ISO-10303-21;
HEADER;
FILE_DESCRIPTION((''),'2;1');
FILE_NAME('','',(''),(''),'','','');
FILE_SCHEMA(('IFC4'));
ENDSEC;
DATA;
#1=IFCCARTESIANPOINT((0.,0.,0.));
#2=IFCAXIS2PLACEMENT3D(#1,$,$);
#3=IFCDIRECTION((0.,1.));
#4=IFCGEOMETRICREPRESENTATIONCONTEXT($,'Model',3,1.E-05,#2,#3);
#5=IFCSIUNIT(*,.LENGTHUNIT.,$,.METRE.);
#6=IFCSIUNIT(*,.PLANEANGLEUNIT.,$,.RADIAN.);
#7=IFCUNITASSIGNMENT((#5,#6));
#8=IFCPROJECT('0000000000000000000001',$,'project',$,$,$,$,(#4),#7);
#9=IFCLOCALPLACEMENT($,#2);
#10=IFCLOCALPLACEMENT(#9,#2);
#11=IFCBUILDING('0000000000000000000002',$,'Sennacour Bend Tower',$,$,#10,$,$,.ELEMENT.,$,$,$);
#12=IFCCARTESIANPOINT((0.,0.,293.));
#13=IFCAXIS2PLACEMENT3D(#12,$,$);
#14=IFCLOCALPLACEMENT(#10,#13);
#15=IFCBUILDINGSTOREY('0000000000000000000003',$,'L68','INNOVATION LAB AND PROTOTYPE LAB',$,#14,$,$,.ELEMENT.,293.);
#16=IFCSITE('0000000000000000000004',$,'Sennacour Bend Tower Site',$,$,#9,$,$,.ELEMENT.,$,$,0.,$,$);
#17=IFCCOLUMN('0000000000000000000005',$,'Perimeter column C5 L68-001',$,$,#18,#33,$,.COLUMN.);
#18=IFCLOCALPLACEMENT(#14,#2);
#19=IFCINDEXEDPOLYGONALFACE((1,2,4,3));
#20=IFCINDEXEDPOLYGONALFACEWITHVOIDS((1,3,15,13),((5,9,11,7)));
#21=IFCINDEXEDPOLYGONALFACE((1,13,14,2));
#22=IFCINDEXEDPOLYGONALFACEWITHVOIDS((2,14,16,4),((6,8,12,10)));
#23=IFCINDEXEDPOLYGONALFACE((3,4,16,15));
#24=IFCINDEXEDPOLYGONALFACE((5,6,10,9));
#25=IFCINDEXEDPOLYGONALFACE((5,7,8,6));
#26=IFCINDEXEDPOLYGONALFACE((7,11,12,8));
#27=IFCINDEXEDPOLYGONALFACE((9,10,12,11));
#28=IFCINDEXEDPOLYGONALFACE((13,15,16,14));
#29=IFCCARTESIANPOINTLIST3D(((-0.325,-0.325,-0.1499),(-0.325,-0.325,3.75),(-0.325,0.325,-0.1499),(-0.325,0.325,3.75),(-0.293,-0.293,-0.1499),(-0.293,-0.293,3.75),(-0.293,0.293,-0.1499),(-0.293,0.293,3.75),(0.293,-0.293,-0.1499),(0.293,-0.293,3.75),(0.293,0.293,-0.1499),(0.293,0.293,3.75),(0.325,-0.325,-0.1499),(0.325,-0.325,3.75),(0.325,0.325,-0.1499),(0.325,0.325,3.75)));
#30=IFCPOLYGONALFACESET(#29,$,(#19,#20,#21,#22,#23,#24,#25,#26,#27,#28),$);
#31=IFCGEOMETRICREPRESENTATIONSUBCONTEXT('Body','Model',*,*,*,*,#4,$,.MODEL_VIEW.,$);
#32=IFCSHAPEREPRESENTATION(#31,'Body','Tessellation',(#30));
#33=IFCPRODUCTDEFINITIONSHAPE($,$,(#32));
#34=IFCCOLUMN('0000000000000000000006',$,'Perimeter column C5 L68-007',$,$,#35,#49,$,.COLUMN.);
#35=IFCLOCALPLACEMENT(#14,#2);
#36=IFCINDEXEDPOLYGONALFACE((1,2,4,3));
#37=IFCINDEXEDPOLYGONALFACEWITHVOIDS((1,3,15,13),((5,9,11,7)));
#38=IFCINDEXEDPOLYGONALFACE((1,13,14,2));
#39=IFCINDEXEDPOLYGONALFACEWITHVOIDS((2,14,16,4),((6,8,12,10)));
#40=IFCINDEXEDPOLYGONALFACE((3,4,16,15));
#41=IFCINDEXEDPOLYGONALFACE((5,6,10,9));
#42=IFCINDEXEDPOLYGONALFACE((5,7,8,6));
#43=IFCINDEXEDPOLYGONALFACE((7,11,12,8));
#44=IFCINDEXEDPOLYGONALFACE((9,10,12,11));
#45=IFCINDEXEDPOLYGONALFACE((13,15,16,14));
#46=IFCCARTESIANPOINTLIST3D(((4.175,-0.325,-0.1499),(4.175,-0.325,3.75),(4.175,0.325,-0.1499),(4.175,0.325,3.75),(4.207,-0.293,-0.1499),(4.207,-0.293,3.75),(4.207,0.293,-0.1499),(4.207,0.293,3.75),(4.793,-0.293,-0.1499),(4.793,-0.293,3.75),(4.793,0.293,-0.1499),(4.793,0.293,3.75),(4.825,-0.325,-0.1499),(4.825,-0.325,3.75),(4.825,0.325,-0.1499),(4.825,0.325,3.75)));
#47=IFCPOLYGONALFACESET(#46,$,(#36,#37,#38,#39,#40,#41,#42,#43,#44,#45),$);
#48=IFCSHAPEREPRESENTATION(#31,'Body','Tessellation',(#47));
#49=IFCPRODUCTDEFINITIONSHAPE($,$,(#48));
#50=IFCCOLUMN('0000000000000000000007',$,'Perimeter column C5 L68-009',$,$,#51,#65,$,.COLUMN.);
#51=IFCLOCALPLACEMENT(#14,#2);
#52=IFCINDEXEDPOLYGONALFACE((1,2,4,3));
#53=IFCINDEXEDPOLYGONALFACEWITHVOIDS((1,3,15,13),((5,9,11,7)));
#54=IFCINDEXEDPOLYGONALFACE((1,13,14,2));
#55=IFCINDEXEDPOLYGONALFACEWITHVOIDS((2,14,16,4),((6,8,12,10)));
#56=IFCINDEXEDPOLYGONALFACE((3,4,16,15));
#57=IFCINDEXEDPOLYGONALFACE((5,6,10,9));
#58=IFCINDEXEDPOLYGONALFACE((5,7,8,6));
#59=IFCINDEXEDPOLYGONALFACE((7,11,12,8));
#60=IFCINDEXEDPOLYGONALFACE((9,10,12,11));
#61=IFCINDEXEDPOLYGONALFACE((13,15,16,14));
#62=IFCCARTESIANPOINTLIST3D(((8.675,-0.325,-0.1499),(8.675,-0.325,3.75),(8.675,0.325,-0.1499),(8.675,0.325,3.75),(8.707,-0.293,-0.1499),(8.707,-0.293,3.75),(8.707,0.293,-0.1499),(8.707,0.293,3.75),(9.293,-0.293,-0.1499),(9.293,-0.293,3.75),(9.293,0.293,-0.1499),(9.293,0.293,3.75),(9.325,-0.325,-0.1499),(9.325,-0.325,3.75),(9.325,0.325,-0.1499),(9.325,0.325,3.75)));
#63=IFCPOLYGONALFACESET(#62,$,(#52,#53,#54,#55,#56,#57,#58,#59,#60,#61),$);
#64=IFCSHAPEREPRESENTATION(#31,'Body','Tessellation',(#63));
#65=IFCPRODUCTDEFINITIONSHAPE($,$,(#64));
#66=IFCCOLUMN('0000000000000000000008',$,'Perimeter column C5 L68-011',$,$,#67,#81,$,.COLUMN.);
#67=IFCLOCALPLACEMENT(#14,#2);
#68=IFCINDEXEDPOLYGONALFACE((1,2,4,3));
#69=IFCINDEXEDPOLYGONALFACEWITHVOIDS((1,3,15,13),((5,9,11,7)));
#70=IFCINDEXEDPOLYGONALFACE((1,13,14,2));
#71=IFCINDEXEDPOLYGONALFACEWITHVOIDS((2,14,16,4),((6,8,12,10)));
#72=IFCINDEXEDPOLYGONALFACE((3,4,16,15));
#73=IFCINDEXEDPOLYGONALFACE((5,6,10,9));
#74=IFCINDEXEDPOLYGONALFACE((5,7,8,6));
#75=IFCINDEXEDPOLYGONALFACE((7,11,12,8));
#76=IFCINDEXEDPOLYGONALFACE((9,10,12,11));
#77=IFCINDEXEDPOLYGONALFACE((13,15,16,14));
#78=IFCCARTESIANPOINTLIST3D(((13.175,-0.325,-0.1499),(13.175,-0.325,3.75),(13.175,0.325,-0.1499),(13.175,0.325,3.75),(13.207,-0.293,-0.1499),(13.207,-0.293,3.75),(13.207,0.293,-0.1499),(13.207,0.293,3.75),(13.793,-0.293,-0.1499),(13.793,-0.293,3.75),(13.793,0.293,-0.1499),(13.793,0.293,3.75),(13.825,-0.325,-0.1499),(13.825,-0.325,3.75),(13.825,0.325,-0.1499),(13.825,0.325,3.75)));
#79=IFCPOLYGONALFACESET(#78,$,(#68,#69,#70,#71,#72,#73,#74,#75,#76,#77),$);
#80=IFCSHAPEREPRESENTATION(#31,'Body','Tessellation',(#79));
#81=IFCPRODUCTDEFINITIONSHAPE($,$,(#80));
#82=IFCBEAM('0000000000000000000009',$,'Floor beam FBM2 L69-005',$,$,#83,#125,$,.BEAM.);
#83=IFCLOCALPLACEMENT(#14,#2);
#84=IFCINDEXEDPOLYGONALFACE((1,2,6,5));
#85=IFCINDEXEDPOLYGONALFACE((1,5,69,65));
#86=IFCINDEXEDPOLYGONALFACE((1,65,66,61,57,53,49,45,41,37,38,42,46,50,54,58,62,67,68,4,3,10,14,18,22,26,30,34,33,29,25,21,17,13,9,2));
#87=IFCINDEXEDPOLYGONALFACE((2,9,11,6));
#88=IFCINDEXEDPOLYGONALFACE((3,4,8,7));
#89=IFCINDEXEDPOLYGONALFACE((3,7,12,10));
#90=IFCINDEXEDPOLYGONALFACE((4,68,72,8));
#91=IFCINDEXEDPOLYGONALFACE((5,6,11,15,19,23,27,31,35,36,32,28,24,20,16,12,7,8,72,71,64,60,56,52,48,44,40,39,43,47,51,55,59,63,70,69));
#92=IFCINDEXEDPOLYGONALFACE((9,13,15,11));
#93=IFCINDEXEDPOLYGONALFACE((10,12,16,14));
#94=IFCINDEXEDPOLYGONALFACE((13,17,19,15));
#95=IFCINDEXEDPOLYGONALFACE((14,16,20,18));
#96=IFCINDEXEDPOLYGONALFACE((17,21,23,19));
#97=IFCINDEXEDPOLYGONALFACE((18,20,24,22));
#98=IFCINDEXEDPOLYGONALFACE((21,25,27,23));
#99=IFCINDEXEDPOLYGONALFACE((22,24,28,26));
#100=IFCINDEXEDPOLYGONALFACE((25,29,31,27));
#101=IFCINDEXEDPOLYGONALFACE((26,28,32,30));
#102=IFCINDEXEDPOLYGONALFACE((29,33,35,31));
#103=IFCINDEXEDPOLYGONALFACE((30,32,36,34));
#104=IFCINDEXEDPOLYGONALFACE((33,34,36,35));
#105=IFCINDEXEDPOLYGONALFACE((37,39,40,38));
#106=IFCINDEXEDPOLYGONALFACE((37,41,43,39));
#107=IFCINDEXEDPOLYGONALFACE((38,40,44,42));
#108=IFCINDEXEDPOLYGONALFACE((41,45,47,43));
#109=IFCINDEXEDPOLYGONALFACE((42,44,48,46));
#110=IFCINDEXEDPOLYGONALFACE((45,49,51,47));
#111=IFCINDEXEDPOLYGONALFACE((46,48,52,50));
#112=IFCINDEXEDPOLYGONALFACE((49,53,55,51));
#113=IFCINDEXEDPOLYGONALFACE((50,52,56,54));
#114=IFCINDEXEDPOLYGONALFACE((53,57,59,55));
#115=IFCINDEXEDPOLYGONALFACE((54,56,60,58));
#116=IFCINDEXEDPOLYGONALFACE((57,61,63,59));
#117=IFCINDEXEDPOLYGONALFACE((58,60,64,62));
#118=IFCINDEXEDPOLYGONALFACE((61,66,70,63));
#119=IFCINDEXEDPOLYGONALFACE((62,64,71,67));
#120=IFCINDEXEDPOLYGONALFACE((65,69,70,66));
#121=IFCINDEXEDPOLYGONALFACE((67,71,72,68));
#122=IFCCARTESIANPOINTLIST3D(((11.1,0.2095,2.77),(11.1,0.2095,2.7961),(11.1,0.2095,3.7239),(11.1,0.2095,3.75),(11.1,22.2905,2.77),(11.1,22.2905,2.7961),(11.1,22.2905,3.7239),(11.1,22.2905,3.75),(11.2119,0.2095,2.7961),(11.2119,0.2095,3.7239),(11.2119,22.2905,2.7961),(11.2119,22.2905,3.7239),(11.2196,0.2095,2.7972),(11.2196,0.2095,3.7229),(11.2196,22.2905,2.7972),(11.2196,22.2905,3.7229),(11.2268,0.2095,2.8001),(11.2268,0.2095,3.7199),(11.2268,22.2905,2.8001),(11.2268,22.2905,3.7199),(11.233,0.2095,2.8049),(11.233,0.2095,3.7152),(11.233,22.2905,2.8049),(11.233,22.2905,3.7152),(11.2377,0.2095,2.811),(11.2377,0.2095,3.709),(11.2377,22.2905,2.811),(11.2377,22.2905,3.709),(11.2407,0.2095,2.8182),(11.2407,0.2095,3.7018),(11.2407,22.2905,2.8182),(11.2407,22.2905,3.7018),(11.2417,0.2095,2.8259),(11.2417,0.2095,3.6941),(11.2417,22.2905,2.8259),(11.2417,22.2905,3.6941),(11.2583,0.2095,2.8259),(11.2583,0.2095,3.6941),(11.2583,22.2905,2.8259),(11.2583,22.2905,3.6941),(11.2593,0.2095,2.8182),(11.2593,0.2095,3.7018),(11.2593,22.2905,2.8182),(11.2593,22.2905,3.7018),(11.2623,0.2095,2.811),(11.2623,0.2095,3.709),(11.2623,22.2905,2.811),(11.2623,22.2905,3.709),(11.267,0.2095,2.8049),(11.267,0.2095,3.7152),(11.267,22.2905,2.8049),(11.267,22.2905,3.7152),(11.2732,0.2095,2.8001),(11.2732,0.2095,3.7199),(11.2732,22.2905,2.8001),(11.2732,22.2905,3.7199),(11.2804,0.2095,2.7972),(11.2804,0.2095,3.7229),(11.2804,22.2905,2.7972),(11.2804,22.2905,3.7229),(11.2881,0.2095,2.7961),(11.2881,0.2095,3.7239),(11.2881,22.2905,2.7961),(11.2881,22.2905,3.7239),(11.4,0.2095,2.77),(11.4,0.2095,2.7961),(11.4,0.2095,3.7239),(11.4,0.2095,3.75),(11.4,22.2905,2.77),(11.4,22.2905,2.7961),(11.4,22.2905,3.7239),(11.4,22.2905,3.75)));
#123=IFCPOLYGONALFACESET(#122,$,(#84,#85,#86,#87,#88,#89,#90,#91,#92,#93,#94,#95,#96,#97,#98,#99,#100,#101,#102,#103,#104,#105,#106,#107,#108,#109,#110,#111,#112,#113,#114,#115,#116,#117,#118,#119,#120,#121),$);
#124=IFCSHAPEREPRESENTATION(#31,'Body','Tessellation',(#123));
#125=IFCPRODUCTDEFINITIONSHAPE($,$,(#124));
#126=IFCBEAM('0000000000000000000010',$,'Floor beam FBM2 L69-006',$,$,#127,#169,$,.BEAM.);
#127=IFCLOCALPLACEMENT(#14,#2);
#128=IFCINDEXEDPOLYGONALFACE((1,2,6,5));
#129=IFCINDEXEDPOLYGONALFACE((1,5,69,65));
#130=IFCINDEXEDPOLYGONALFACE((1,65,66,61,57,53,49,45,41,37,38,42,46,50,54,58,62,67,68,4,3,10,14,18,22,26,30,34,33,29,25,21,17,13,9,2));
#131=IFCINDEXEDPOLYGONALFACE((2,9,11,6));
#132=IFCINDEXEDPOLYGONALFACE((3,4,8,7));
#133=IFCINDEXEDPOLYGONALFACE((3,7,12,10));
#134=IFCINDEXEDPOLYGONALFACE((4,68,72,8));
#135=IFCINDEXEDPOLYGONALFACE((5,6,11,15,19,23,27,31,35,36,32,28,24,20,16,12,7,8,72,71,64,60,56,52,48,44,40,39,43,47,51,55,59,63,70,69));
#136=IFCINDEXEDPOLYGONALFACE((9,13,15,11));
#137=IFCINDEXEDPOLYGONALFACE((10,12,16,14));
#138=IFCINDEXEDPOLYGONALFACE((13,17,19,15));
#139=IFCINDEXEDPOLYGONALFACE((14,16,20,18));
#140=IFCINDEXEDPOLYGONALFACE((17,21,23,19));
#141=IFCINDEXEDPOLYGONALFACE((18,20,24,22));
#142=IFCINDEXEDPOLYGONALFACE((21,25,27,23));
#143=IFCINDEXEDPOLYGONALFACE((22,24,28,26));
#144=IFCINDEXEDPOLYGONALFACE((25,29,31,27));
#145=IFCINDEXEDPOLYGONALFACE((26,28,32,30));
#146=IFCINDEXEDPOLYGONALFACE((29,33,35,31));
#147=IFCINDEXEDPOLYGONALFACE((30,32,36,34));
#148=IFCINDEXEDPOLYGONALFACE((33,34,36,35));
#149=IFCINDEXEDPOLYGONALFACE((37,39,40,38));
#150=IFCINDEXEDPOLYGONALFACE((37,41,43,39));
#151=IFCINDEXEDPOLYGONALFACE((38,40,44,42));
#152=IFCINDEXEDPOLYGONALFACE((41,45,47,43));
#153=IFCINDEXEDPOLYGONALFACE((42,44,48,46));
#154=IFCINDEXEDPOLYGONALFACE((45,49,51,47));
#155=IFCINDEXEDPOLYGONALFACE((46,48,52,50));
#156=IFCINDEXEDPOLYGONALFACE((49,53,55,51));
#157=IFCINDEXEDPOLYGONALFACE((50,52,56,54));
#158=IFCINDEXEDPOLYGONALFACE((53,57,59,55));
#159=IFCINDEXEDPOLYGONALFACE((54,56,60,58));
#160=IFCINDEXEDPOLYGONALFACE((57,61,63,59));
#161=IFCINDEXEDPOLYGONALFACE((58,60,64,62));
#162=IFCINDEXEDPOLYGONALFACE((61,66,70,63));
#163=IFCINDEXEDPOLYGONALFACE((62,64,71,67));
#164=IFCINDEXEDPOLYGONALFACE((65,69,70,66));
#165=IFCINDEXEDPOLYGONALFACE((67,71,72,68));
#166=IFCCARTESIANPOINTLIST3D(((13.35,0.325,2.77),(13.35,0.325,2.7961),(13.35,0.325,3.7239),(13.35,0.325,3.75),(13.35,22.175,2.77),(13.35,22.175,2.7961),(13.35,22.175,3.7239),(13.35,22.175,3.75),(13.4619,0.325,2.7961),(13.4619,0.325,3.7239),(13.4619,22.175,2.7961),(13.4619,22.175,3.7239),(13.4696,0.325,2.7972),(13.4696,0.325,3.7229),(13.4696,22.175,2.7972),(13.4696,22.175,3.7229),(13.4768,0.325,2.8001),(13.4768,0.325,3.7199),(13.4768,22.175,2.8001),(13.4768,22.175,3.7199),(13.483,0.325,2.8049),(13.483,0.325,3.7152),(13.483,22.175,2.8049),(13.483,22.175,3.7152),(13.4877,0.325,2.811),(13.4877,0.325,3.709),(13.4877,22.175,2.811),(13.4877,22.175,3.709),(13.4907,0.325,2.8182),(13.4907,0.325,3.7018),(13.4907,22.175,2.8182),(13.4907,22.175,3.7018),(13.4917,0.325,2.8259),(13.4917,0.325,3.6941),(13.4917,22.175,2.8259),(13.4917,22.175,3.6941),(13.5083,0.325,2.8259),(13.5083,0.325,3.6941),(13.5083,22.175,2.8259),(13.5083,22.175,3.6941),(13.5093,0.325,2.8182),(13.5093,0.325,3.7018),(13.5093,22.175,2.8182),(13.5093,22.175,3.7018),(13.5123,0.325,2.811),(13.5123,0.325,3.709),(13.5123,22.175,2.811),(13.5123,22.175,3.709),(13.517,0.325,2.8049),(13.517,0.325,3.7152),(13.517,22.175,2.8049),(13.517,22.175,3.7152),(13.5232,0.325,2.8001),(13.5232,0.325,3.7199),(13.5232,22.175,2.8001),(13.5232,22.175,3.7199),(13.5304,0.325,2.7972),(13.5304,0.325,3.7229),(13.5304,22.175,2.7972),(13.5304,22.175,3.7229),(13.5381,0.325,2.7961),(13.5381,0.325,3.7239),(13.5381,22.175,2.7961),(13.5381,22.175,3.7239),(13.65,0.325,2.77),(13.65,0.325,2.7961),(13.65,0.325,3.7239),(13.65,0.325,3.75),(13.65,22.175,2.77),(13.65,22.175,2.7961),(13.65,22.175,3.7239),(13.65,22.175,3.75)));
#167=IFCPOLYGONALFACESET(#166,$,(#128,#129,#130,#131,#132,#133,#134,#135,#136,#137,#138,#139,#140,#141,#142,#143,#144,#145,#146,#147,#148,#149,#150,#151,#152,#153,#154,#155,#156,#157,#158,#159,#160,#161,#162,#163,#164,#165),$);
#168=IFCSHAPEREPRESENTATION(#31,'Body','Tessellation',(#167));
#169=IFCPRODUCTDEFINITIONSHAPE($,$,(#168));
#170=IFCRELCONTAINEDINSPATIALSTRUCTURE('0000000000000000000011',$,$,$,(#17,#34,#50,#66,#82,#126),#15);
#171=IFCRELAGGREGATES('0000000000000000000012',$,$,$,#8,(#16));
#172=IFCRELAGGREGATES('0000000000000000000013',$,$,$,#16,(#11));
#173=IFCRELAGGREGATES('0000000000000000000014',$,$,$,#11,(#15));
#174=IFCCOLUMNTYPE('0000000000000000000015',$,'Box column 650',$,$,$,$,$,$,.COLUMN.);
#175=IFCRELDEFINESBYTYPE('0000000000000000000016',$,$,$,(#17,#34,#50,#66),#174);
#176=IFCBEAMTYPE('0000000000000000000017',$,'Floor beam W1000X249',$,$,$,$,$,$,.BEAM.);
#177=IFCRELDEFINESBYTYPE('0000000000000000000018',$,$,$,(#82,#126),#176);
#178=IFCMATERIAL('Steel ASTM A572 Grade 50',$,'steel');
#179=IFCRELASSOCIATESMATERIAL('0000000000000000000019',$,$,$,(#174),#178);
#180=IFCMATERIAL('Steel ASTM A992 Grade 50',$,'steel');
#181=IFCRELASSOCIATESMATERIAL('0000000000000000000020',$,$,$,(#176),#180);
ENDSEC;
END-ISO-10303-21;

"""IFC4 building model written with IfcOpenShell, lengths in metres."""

from ifc_helpers import new_model, si_unit, direction, frame, origin, origin_2d, place, context, subcontext, project, spatial, hollow_rectangle, i_section, extrude, material, material_profile, profile_set, type_object, element, save


model = new_model("IFC4")

# Units and contexts
model_context = context("Model", 3, precision=1e-05, world=origin(), true_north=direction((0.0, 1.0)))
body_context = subcontext(model_context, "Body", "Model", "MODEL_VIEW")
ifc_project = project(units=[si_unit("LENGTHUNIT", "METRE"), si_unit("PLANEANGLEUNIT", "RADIAN")], contexts=[model_context])

# Site, building, storey
site_placement = place(None, origin())
site = spatial("IfcSite", under=ifc_project, at=site_placement, Name="Sennacour Bend Tower Site", CompositionType="ELEMENT", RefElevation=0.0)
building_placement = place(site_placement, origin())
building = spatial("IfcBuilding", under=site, at=building_placement, Name="Sennacour Bend Tower", CompositionType="ELEMENT")
storey_placement = place(building_placement, frame((0.0, 0.0, 293.0)))
storey = spatial("IfcBuildingStorey", under=building, at=storey_placement, Name="L68", Description="INNOVATION LAB AND PROTOTYPE LAB", CompositionType="ELEMENT", Elevation=293.0)

# Columns
ifc_material_1 = material(Name="Steel ASTM A572 Grade 50", Category="steel")
ifc_material_profile_1 = material_profile(ifc_material_1, hollow_rectangle(XDim=0.6499, YDim=0.6499, WallThickness=0.032, at=origin_2d()), Name="Steel ASTM A572 Grade 50", Category="steel")
ifc_profile_set_1 = profile_set([ifc_material_profile_1], Name="Steel ASTM A572 Grade 50")
column_type = type_object("IfcColumnType", Name="Box column 650", PredefinedType="COLUMN", material=ifc_profile_set_1)
for number, where, z_axis, x_axis, name in (
    (1, (0.0, 0.0, -0.1499), (0.0, 0.0, 1.0), (1.0, 0.0, 0.0), "Perimeter column C5 L68-001"),
    (2, (4.5, 0.0, -0.1499), (0.0, 0.0, 1.0), (1.0, 0.0, 0.0), "Perimeter column C5 L68-007"),
    (3, (9.0, 0.0, -0.1499), (0.0, 0.0, 1.0), (1.0, 0.0, 0.0), "Perimeter column C5 L68-009"),
    (4, (13.5, 0.0, -0.1499), (0.0, 0.0, 1.0), (1.0, 0.0, 0.0), "Perimeter column C5 L68-011"),
):
    element("IfcColumn", number, at=place(storey_placement, frame(where, z_axis=z_axis, x_axis=x_axis)), inside=storey, type_object=column_type, Name=name, PredefinedType="COLUMN", context=body_context, shape_type="SweptSolid", body=[
        extrude(hollow_rectangle(XDim=0.6499, YDim=0.6499, WallThickness=0.032, at=origin_2d()), origin(), (0.0, 0.0, 1.0), 3.8999),
    ])

# Beams
ifc_material_2 = material(Name="Steel ASTM A992 Grade 50", Category="steel")
ifc_material_profile_2 = material_profile(ifc_material_2, i_section(OverallWidth=0.3, OverallDepth=0.98, WebThickness=0.0166, FlangeThickness=0.0261, FilletRadius=0.0298, at=origin_2d()), Name="Steel ASTM A992 Grade 50", Category="steel")
ifc_profile_set_2 = profile_set([ifc_material_profile_2], Name="Steel ASTM A992 Grade 50")
beam_type = type_object("IfcBeamType", Name="Floor beam W1000X249", PredefinedType="BEAM", material=ifc_profile_set_2)
beam_1_placement = place(storey_placement, frame((11.25, 0.2095, 3.26), z_axis=(0.0, 1.0, 0.0), x_axis=(-1.0, 0.0, 0.0)))
element("IfcBeam", 5, at=beam_1_placement, inside=storey, type_object=beam_type, Name="Floor beam FBM2 L69-005", PredefinedType="BEAM", context=body_context, shape_type="SweptSolid", body=[
    extrude(i_section(OverallWidth=0.3, OverallDepth=0.98, WebThickness=0.0166, FlangeThickness=0.0261, FilletRadius=0.0298, at=origin_2d()), origin(), (0.0, 0.0, 1.0), 22.0811),
])
beam_2_placement = place(storey_placement, frame((13.5, 0.325, 3.26), z_axis=(0.0, 1.0, 0.0), x_axis=(-1.0, 0.0, 0.0)))
element("IfcBeam", 6, at=beam_2_placement, inside=storey, type_object=beam_type, Name="Floor beam FBM2 L69-006", PredefinedType="BEAM", context=body_context, shape_type="SweptSolid", body=[
    extrude(i_section(OverallWidth=0.3, OverallDepth=0.98, WebThickness=0.0166, FlangeThickness=0.0261, FilletRadius=0.0298, at=origin_2d()), origin(), (0.0, 0.0, 1.0), 21.8501),
])

save(model, "model.ifc")
